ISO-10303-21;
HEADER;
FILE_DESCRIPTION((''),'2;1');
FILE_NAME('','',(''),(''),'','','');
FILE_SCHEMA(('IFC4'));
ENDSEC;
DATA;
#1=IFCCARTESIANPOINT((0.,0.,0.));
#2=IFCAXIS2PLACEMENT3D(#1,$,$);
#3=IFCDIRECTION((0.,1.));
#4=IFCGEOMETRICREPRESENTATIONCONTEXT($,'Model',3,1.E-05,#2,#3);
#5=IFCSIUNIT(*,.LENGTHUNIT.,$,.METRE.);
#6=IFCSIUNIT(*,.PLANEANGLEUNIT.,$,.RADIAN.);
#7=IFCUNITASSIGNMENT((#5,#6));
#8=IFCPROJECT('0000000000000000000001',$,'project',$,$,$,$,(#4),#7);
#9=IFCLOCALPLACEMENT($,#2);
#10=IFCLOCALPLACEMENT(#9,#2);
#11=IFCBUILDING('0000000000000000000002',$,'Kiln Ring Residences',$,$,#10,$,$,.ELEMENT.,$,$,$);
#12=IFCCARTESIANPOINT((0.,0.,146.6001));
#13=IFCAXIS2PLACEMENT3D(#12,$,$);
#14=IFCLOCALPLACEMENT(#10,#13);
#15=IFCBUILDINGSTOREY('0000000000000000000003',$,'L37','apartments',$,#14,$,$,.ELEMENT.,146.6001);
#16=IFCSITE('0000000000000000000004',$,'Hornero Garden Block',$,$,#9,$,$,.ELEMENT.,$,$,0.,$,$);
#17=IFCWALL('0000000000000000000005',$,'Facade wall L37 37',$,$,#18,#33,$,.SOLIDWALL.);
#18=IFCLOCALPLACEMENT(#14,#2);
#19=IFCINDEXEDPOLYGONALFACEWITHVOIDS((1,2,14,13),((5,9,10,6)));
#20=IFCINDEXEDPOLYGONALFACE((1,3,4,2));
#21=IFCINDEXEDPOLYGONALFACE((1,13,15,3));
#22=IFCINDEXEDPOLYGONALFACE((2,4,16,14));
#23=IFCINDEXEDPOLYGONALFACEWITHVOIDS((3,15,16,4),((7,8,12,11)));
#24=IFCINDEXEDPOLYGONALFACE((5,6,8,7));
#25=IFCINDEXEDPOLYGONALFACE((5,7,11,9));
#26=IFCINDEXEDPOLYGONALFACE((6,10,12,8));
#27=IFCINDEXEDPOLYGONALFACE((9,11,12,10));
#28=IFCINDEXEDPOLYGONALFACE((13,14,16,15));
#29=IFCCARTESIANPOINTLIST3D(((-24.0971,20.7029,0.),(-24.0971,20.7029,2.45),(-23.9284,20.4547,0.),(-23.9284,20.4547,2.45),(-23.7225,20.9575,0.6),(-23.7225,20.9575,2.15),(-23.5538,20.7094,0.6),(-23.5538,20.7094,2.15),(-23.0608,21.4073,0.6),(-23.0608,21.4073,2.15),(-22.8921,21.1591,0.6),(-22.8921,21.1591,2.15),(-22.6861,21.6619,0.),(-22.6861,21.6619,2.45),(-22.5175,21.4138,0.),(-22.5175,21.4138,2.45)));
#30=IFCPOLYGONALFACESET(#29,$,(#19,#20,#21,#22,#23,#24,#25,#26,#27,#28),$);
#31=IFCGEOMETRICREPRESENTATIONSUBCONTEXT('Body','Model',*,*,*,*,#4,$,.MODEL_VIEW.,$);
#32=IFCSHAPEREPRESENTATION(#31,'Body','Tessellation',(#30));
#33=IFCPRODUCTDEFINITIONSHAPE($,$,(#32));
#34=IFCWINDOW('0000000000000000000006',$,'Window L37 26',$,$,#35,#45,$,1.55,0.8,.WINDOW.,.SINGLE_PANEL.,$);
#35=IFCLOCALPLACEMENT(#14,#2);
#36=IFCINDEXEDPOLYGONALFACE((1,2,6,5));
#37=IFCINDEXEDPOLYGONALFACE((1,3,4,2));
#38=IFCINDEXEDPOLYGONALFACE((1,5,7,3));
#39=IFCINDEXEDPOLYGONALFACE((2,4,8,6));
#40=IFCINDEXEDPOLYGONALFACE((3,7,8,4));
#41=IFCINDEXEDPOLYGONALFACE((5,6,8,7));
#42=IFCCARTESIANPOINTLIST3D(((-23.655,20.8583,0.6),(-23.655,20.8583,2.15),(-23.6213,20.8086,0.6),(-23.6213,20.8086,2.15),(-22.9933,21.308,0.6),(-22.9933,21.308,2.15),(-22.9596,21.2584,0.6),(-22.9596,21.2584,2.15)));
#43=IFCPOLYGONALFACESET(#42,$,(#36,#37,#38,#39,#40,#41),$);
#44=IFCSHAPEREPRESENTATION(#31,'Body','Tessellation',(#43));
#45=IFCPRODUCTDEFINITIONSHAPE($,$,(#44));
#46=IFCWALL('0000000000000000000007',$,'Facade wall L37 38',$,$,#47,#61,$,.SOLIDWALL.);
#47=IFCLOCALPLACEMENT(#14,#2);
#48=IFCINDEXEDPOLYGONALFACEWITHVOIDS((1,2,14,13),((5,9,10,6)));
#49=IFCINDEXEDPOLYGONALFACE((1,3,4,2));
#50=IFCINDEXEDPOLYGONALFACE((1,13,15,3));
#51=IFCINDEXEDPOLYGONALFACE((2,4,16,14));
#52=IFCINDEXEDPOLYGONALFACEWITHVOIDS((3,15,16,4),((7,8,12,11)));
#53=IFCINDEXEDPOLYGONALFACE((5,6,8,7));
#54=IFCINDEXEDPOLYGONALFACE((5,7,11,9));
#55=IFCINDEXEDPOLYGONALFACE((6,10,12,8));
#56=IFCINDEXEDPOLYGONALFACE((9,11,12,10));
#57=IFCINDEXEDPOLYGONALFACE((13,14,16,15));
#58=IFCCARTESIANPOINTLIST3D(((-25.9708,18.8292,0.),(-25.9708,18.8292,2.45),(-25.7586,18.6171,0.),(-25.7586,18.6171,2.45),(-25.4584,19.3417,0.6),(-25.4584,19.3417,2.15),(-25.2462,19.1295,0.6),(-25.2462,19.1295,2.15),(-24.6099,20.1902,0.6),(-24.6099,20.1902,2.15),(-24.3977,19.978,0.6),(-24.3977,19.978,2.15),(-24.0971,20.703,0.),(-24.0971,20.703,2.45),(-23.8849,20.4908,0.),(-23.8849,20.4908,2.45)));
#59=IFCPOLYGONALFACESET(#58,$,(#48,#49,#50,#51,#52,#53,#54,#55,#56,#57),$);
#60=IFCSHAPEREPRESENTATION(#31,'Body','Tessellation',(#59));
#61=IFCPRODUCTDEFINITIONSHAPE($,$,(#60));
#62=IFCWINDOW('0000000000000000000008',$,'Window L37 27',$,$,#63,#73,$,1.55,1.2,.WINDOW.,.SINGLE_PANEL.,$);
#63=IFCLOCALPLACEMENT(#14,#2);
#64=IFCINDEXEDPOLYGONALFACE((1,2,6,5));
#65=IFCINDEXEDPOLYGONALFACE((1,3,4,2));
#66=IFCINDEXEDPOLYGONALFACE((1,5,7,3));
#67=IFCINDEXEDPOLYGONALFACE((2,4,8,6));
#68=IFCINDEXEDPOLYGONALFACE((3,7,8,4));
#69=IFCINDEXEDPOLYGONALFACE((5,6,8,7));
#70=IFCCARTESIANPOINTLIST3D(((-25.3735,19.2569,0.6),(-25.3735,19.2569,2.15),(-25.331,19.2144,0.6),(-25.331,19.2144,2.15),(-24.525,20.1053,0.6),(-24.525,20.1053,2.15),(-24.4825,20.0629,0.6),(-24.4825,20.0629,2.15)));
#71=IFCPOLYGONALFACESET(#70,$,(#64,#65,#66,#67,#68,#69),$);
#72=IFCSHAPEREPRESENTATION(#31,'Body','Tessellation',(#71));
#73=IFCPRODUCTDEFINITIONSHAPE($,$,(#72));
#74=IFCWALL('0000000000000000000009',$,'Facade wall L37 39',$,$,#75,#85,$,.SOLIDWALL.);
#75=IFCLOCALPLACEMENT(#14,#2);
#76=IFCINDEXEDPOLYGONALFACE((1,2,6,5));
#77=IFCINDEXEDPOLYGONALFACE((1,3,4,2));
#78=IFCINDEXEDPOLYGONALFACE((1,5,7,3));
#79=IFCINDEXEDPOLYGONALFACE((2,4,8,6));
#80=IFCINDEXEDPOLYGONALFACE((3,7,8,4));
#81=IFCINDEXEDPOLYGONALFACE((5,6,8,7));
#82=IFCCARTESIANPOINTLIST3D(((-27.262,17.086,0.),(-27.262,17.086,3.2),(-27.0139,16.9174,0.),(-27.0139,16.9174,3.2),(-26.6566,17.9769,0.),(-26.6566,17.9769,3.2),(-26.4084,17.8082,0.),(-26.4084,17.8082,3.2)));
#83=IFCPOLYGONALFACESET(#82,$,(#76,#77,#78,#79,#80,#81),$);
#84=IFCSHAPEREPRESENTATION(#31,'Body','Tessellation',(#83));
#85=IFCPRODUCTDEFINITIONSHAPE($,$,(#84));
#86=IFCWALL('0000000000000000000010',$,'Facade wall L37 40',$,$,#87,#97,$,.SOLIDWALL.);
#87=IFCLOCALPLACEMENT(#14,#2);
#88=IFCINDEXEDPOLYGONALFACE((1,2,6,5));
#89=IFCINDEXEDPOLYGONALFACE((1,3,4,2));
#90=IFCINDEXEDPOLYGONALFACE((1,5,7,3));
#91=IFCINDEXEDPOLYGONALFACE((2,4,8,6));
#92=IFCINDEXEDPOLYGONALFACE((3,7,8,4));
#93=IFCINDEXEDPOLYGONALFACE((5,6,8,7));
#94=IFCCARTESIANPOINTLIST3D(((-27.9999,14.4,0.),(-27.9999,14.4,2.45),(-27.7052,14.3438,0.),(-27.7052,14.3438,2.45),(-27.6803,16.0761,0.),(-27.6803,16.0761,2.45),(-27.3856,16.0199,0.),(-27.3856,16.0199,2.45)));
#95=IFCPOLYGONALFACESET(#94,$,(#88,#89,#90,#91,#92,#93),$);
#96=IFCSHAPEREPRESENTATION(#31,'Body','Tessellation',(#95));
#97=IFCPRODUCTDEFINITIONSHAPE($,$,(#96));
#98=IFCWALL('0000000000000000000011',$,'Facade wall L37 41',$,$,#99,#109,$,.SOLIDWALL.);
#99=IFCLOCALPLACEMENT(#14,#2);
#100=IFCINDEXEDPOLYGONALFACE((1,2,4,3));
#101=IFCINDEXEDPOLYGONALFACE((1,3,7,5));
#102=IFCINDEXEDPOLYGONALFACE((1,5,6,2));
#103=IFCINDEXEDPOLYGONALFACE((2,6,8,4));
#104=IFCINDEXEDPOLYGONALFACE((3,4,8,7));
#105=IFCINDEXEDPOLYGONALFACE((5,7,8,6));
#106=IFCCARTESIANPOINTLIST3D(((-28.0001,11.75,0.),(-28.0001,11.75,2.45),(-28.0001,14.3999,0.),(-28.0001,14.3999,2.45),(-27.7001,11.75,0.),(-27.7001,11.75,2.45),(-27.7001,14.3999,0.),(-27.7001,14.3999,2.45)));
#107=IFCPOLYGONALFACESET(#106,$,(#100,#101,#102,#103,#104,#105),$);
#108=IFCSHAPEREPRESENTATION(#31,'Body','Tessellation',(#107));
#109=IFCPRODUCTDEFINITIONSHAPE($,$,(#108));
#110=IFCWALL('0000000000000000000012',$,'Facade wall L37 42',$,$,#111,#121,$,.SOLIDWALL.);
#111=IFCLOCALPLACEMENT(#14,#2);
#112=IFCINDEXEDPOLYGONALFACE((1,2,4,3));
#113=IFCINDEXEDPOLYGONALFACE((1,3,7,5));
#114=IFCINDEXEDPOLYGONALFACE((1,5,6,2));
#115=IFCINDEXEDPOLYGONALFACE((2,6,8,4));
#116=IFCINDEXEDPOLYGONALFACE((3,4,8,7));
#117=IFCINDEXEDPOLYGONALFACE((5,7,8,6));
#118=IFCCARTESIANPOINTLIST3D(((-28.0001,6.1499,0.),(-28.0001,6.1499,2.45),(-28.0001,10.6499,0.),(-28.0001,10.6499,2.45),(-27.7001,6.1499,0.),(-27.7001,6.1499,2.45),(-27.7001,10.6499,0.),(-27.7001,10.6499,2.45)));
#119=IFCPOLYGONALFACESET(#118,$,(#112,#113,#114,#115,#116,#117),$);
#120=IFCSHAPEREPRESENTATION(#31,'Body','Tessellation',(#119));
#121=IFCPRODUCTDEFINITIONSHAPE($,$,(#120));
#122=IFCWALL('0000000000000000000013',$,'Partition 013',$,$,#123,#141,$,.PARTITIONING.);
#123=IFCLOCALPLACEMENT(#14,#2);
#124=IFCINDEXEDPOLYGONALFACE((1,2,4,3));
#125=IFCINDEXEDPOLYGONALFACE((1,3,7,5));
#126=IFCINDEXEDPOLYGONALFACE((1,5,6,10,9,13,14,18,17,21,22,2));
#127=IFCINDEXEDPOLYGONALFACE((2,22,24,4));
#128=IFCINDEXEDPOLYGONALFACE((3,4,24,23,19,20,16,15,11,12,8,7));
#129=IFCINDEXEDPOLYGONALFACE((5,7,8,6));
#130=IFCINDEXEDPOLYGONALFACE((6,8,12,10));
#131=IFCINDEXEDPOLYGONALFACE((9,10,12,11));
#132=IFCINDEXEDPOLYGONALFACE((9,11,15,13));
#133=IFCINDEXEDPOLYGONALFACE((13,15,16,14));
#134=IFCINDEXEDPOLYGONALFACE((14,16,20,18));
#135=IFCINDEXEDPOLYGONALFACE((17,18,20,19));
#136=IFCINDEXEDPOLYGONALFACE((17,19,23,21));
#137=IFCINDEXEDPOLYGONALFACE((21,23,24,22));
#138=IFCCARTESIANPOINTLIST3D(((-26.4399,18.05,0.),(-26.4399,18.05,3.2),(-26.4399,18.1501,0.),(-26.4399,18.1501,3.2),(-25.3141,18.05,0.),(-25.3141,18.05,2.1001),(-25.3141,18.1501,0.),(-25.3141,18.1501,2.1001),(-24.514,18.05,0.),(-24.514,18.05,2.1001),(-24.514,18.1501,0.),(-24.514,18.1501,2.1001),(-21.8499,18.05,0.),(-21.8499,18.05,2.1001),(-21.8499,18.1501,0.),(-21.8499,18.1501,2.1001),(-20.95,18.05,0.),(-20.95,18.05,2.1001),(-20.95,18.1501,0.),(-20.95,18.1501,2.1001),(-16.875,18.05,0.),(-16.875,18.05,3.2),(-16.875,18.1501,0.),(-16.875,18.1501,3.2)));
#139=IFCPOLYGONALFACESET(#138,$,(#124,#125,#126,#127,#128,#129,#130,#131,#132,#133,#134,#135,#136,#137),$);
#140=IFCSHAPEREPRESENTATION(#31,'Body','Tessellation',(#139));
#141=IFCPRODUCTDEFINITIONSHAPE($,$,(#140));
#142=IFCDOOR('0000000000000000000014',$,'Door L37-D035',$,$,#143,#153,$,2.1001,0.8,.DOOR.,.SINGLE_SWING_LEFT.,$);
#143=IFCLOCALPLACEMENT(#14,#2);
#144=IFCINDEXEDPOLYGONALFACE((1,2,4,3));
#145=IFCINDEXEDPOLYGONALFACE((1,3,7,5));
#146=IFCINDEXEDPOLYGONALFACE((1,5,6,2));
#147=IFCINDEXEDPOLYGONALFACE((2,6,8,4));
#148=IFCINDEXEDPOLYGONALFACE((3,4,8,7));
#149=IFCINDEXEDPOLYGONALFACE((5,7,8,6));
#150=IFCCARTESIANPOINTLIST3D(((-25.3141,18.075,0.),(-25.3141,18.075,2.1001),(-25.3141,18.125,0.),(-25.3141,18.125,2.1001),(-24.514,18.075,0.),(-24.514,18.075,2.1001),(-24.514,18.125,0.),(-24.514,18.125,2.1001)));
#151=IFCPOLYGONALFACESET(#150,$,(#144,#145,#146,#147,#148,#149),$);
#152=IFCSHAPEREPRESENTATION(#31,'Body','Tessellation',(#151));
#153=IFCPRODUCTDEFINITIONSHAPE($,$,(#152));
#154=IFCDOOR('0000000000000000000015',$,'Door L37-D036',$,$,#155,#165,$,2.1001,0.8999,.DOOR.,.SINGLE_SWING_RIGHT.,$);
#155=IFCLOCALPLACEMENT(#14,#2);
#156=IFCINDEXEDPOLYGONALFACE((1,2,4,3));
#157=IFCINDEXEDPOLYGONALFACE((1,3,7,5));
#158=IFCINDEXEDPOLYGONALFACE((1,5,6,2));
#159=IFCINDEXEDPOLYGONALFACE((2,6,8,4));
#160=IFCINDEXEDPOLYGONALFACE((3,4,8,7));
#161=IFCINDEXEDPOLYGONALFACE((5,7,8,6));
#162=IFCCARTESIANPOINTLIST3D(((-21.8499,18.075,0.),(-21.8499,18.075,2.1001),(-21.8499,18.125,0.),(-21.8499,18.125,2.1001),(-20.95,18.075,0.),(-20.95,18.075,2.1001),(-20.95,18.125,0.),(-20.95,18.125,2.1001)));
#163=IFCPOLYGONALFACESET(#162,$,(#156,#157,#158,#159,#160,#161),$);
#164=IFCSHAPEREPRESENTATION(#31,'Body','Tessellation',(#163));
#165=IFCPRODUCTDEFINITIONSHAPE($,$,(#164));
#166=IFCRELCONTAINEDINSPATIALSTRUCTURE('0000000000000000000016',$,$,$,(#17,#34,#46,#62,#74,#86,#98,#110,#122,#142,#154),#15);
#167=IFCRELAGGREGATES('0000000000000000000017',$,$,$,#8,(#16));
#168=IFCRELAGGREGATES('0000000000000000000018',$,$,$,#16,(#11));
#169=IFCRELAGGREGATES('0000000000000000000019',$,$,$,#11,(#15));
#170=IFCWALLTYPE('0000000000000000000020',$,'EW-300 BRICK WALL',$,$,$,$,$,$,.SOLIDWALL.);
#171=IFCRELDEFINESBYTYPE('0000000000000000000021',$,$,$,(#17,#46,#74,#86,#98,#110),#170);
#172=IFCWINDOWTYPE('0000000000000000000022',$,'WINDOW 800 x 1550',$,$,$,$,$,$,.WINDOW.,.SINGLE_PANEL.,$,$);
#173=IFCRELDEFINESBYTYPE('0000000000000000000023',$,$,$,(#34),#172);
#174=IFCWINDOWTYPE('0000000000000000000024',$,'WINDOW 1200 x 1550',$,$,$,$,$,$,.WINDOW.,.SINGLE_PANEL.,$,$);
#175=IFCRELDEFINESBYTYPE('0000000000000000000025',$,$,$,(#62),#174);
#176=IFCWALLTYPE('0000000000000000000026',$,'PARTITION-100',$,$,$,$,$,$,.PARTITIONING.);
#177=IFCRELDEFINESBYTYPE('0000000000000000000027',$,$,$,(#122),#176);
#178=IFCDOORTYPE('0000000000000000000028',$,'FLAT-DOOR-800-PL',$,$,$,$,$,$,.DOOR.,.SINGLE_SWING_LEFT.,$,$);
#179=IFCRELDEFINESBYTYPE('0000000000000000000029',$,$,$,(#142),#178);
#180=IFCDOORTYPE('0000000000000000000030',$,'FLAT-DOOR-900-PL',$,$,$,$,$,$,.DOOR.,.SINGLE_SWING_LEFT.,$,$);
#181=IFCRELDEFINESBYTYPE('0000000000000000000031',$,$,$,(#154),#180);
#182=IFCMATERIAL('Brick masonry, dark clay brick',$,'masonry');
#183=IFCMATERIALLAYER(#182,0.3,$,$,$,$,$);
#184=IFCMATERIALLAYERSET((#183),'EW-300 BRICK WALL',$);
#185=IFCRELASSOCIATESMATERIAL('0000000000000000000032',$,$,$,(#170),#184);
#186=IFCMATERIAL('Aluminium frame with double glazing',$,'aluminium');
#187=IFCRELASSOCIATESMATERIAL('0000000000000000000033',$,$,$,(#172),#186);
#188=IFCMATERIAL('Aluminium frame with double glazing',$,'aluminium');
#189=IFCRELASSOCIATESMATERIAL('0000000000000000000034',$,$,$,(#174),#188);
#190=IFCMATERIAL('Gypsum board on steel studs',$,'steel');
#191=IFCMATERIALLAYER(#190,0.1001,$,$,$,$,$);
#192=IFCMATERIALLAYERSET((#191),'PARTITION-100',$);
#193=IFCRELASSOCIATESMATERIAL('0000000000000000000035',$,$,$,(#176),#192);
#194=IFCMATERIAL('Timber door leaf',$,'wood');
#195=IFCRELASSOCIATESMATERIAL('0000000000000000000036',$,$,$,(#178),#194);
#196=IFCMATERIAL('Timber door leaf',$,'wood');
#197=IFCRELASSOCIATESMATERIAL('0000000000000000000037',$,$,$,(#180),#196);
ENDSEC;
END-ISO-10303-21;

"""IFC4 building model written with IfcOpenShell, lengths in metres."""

from ifc_helpers import new_model, si_unit, direction, frame, frame_2d, origin, place, context, subcontext, project, spatial, rectangle, extrude, material, layer, layer_set, type_object, element, fill, save


model = new_model("IFC4")

# Units and contexts
model_context = context("Model", 3, precision=1e-05, world=origin(), true_north=direction((0.0, 1.0)))
body_context = subcontext(model_context, "Body", "Model", "MODEL_VIEW")
ifc_project = project(units=[si_unit("LENGTHUNIT", "METRE"), si_unit("PLANEANGLEUNIT", "RADIAN")], contexts=[model_context])

# Site, building, storey
site_placement = place(None, origin())
site = spatial("IfcSite", under=ifc_project, at=site_placement, Name="Hornero Garden Block", CompositionType="ELEMENT", RefElevation=0.0)
building_placement = place(site_placement, origin())
building = spatial("IfcBuilding", under=site, at=building_placement, Name="Kiln Ring Residences", CompositionType="ELEMENT")
storey_placement = place(building_placement, frame((0.0, 0.0, 146.6001)))
storey = spatial("IfcBuildingStorey", under=building, at=storey_placement, Name="L37", Description="apartments", CompositionType="ELEMENT", Elevation=146.6001)

# Walls, openings, windows
ifc_material_1 = material(Name="Brick masonry, dark clay brick", Category="masonry")
ifc_layer_1 = layer(ifc_material_1, 0.3)
ifc_layer_set_1 = layer_set([ifc_layer_1], Name="EW-300 BRICK WALL")
wall_type_1 = type_object("IfcWallType", Name="EW-300 BRICK WALL", PredefinedType="SOLIDWALL", material=ifc_layer_set_1)
ifc_material_2 = material(Name="Aluminium frame with double glazing", Category="aluminium")
window_type_1 = type_object("IfcWindowType", Name="WINDOW 800 x 1550", PartitioningType="SINGLE_PANEL", PredefinedType="WINDOW", material=ifc_material_2)
wall_1_placement = place(storey_placement, frame((-22.6018, 21.5378, 0.0), z_axis=(0.0, 0.0, 1.0), x_axis=(-0.827041, -0.562142, 0.0)))
wall_1 = element("IfcWall", 1, at=wall_1_placement, inside=storey, type_object=wall_type_1, Name="Facade wall L37 37", PredefinedType="SOLIDWALL", context=body_context, shape_type="SweptSolid", body=[
    extrude(rectangle(XDim=1.7061, YDim=0.3, at=frame_2d((0.853, 0.0))), origin(), (0.0, 0.0, 1.0), 2.45),
])
opening_1_placement = place(wall_1_placement, frame((0.4531, 0.0, 0.6001)))
opening_1 = element("IfcOpeningElement", 2, at=opening_1_placement, cuts=wall_1, PredefinedType="OPENING", context=body_context, shape_type="SweptSolid", body=[
    extrude(rectangle(XDim=0.8, YDim=1.55, at=frame_2d((0.3999, 0.7749))), frame((0.0, 0.1599, 0.0), z_axis=(0.0, -1.0, 0.0), x_axis=(1.0, 0.0, 0.0)), (0.0, 0.0, 1.0), 0.3201),
])
window_1_placement = place(opening_1_placement, origin())
window_1 = element("IfcWindow", 3, at=window_1_placement, inside=storey, type_object=window_type_1, Name="Window L37 26", OverallHeight=1.55, OverallWidth=0.8, PartitioningType="SINGLE_PANEL", PredefinedType="WINDOW", context=body_context, shape_type="SweptSolid", body=[
    extrude(rectangle(XDim=0.8, YDim=1.55, at=frame_2d((0.3999, 0.7749))), frame((0.0, 0.03, 0.0), z_axis=(0.0, -1.0, 0.0), x_axis=(1.0, 0.0, 0.0)), (0.0, 0.0, 1.0), 0.0601),
])
fill(opening_1, window_1)
wall_2_placement = place(storey_placement, frame((-23.991, 20.5969, 0.0), z_axis=(0.0, 0.0, 1.0), x_axis=(-0.707107, -0.707107, 0.0)))
wall_2 = element("IfcWall", 4, at=wall_2_placement, inside=storey, type_object=wall_type_1, Name="Facade wall L37 38", PredefinedType="SOLIDWALL", context=body_context, shape_type="SweptSolid", body=[
    extrude(rectangle(XDim=2.6499, YDim=0.3, at=frame_2d((1.325, 0.0))), origin(), (0.0, 0.0, 1.0), 2.45),
])
opening_2_placement = place(wall_2_placement, frame((0.7251, 0.0, 0.6001)))
opening_2 = element("IfcOpeningElement", 5, at=opening_2_placement, cuts=wall_2, PredefinedType="OPENING", context=body_context, shape_type="SweptSolid", body=[
    extrude(rectangle(XDim=1.2, YDim=1.55, at=frame_2d((0.6001, 0.7749))), frame((0.0, 0.1599, 0.0), z_axis=(0.0, -1.0, 0.0), x_axis=(1.0, 0.0, 0.0)), (0.0, 0.0, 1.0), 0.3201),
])
ifc_material_3 = material(Name="Aluminium frame with double glazing", Category="aluminium")
window_type_2 = type_object("IfcWindowType", Name="WINDOW 1200 x 1550", PartitioningType="SINGLE_PANEL", PredefinedType="WINDOW", material=ifc_material_3)
window_2_placement = place(opening_2_placement, origin())
window_2 = element("IfcWindow", 6, at=window_2_placement, inside=storey, type_object=window_type_2, Name="Window L37 27", OverallHeight=1.55, OverallWidth=1.2, PartitioningType="SINGLE_PANEL", PredefinedType="WINDOW", context=body_context, shape_type="SweptSolid", body=[
    extrude(rectangle(XDim=1.2, YDim=1.55, at=frame_2d((0.6001, 0.7749))), frame((0.0, 0.03, 0.0), z_axis=(0.0, -1.0, 0.0), x_axis=(1.0, 0.0, 0.0)), (0.0, 0.0, 1.0), 0.0601),
])
fill(opening_2, window_2)

# Walls
wall_3_placement = place(storey_placement, frame((-26.5325, 17.8926, 0.0), z_axis=(0.0, 0.0, 1.0), x_axis=(-0.562105, -0.827066, 0.0)))
element("IfcWall", 7, at=wall_3_placement, inside=storey, type_object=wall_type_1, Name="Facade wall L37 39", PredefinedType="SOLIDWALL", context=body_context, shape_type="SweptSolid", body=[
    extrude(rectangle(XDim=1.0771, YDim=0.3, at=frame_2d((0.5386, 0.0))), origin(), (0.0, 0.0, 1.0), 3.2),
])
wall_4_placement = place(storey_placement, frame((-27.533, 16.0479, 0.0), z_axis=(0.0, 0.0, 1.0), x_axis=(-0.187303, -0.982302, 0.0)))
element("IfcWall", 8, at=wall_4_placement, inside=storey, type_object=wall_type_1, Name="Facade wall L37 40", PredefinedType="SOLIDWALL", context=body_context, shape_type="SweptSolid", body=[
    extrude(rectangle(XDim=1.7063, YDim=0.3, at=frame_2d((0.853, 0.0))), origin(), (0.0, 0.0, 1.0), 2.45),
])
wall_5_placement = place(storey_placement, frame((-27.8501, 14.3999, 0.0), z_axis=(0.0, 0.0, 1.0), x_axis=(0.0, -1.0, 0.0)))
element("IfcWall", 9, at=wall_5_placement, inside=storey, type_object=wall_type_1, Name="Facade wall L37 41", PredefinedType="SOLIDWALL", context=body_context, shape_type="SweptSolid", body=[
    extrude(rectangle(XDim=2.6499, YDim=0.3, at=frame_2d((1.325, 0.0))), origin(), (0.0, 0.0, 1.0), 2.45),
])
wall_6_placement = place(storey_placement, frame((-27.8501, 10.6499, 0.0), z_axis=(0.0, 0.0, 1.0), x_axis=(0.0, -1.0, 0.0)))
element("IfcWall", 10, at=wall_6_placement, inside=storey, type_object=wall_type_1, Name="Facade wall L37 42", PredefinedType="SOLIDWALL", context=body_context, shape_type="SweptSolid", body=[
    extrude(rectangle(XDim=4.5, YDim=0.3, at=frame_2d((2.25, 0.0))), origin(), (0.0, 0.0, 1.0), 2.45),
])

# Wall, openings, doors
ifc_material_4 = material(Name="Gypsum board on steel studs", Category="steel")
ifc_layer_2 = layer(ifc_material_4, 0.1001)
ifc_layer_set_2 = layer_set([ifc_layer_2], Name="PARTITION-100")
wall_type_2 = type_object("IfcWallType", Name="PARTITION-100", PredefinedType="PARTITIONING", material=ifc_layer_set_2)
wall_7_placement = place(storey_placement, frame((-26.4399, 18.1001, 0.0), z_axis=(0.0, 0.0, 1.0), x_axis=(1.0, 0.0, 0.0)))
wall_7 = element("IfcWall", 11, at=wall_7_placement, inside=storey, type_object=wall_type_2, Name="Partition 013", PredefinedType="PARTITIONING", context=body_context, shape_type="SweptSolid", body=[
    extrude(rectangle(XDim=9.5649, YDim=0.1001, at=frame_2d((4.7825, 0.0))), origin(), (0.0, 0.0, 1.0), 3.2),
])
opening_3_placement = place(wall_7_placement, frame((1.126, 0.0, 0.0)))
opening_3 = element("IfcOpeningElement", 12, at=opening_3_placement, cuts=wall_7, PredefinedType="OPENING", context=body_context, shape_type="SweptSolid", body=[
    extrude(rectangle(XDim=0.8, YDim=2.1001, at=frame_2d((0.3999, 1.05))), frame((0.0, 0.0601, 0.0), z_axis=(0.0, -1.0, 0.0), x_axis=(1.0, 0.0, 0.0)), (0.0, 0.0, 1.0), 0.1201),
])
opening_4_placement = place(wall_7_placement, frame((4.5901, 0.0, 0.0)))
opening_4 = element("IfcOpeningElement", 13, at=opening_4_placement, cuts=wall_7, PredefinedType="OPENING", context=body_context, shape_type="SweptSolid", body=[
    extrude(rectangle(XDim=0.8999, YDim=2.1001, at=frame_2d((0.45, 1.05))), frame((0.0, 0.0601, 0.0), z_axis=(0.0, -1.0, 0.0), x_axis=(1.0, 0.0, 0.0)), (0.0, 0.0, 1.0), 0.1201),
])
ifc_material_5 = material(Name="Timber door leaf", Category="wood")
door_type_1 = type_object("IfcDoorType", Name="FLAT-DOOR-800-PL", OperationType="SINGLE_SWING_LEFT", PredefinedType="DOOR", material=ifc_material_5)
door_1_placement = place(opening_3_placement, origin())
door_1 = element("IfcDoor", 14, at=door_1_placement, inside=storey, type_object=door_type_1, Name="Door L37-D035", OperationType="SINGLE_SWING_LEFT", OverallHeight=2.1001, OverallWidth=0.8, PredefinedType="DOOR", context=body_context, shape_type="SweptSolid", body=[
    extrude(rectangle(XDim=0.8, YDim=2.1001, at=frame_2d((0.3999, 1.05))), frame((0.0, 0.0249, 0.0), z_axis=(0.0, -1.0, 0.0), x_axis=(1.0, 0.0, 0.0)), (0.0, 0.0, 1.0), 0.05),
])
fill(opening_3, door_1)
ifc_material_6 = material(Name="Timber door leaf", Category="wood")
door_type_2 = type_object("IfcDoorType", Name="FLAT-DOOR-900-PL", OperationType="SINGLE_SWING_LEFT", PredefinedType="DOOR", material=ifc_material_6)
door_2_placement = place(opening_4_placement, origin())
door_2 = element("IfcDoor", 15, at=door_2_placement, inside=storey, type_object=door_type_2, Name="Door L37-D036", OperationType="SINGLE_SWING_RIGHT", OverallHeight=2.1001, OverallWidth=0.8999, PredefinedType="DOOR", context=body_context, shape_type="SweptSolid", body=[
    extrude(rectangle(XDim=0.8999, YDim=2.1001, at=frame_2d((0.45, 1.05))), frame((0.0, 0.0249, 0.0), z_axis=(0.0, -1.0, 0.0), x_axis=(1.0, 0.0, 0.0)), (0.0, 0.0, 1.0), 0.05),
])
fill(opening_4, door_2)

save(model, "model.ifc")
